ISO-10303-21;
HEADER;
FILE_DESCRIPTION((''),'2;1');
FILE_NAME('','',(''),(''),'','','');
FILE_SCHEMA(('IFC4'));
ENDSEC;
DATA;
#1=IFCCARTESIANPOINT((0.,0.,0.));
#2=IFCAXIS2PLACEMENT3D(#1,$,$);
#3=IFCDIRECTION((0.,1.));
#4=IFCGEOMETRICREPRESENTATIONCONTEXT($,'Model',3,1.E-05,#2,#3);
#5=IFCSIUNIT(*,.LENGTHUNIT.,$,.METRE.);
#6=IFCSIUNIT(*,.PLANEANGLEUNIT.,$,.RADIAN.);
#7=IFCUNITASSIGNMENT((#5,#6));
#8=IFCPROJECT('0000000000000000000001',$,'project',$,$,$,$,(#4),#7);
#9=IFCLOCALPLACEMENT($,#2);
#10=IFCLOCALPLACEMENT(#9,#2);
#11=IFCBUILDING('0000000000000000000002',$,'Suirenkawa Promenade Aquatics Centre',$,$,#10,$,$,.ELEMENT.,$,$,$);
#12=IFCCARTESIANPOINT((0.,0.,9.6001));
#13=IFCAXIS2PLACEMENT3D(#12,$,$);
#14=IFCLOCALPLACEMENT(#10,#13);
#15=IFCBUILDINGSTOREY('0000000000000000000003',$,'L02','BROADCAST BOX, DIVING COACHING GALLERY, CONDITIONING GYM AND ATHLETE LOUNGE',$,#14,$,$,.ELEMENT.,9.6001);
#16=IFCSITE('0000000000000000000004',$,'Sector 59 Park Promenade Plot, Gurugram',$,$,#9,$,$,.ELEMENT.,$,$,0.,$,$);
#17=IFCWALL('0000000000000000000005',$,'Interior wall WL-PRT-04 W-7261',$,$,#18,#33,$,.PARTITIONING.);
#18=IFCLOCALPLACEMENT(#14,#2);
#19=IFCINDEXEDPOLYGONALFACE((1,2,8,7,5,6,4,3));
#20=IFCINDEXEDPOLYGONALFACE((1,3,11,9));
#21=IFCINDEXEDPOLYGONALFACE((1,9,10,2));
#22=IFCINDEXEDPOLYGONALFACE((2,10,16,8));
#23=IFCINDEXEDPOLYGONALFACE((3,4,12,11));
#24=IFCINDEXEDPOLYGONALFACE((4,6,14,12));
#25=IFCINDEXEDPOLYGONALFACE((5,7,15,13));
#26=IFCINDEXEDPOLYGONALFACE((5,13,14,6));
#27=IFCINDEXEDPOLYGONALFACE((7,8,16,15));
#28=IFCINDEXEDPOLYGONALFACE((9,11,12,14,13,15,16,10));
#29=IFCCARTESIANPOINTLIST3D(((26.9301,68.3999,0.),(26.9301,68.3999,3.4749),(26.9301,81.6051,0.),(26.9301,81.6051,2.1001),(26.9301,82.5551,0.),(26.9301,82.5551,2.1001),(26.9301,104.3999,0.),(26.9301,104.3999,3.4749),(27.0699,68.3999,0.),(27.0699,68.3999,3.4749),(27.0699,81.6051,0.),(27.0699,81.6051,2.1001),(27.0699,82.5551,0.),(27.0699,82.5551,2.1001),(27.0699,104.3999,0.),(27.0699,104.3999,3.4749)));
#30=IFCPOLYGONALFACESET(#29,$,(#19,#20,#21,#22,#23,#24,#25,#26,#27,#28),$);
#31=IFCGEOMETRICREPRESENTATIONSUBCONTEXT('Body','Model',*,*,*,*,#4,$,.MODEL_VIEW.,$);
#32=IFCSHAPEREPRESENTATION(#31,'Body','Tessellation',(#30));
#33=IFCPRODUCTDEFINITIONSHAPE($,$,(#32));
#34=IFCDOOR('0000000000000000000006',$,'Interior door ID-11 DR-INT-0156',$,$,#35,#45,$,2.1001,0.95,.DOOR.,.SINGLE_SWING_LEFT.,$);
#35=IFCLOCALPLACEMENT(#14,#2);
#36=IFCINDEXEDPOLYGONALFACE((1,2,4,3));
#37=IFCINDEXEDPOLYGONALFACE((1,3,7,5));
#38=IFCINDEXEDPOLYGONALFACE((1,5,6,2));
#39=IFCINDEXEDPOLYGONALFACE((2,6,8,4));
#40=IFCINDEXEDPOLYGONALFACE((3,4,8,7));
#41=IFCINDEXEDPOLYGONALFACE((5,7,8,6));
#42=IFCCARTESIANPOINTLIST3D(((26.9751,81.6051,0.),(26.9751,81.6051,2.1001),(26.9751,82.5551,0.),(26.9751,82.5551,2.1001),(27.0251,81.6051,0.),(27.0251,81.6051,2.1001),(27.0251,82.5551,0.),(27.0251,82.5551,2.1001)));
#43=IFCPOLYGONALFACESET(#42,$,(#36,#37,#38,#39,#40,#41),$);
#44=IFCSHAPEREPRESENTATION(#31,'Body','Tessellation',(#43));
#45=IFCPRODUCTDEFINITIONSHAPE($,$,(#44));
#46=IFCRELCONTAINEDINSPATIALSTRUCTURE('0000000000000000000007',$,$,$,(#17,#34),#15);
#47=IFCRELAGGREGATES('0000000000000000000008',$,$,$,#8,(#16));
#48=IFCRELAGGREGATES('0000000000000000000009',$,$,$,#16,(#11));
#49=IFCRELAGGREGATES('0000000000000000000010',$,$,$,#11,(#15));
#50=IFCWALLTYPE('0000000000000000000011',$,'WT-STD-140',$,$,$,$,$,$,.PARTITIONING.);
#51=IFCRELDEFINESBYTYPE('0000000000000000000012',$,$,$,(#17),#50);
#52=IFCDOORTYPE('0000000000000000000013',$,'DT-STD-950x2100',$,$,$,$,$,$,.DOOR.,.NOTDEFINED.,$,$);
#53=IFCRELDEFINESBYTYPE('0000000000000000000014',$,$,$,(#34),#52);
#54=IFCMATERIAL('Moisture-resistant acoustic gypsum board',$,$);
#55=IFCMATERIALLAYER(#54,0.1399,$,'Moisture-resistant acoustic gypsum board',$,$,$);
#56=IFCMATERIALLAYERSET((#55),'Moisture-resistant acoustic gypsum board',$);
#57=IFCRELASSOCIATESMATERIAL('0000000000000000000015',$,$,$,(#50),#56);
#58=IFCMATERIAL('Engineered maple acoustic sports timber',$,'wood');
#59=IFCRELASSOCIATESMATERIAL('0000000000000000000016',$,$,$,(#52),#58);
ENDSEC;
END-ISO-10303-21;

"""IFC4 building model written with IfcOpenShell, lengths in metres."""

from ifc_helpers import new_model, si_unit, direction, frame, frame_2d, origin, place, context, subcontext, project, spatial, rectangle, extrude, material, layer, layer_set, type_object, element, fill, save


model = new_model("IFC4")

# Units and contexts
model_context = context("Model", 3, precision=1e-05, world=origin(), true_north=direction((0.0, 1.0)))
body_context = subcontext(model_context, "Body", "Model", "MODEL_VIEW")
ifc_project = project(units=[si_unit("LENGTHUNIT", "METRE"), si_unit("PLANEANGLEUNIT", "RADIAN")], contexts=[model_context])

# Site, building, storey
site_placement = place(None, origin())
site = spatial("IfcSite", under=ifc_project, at=site_placement, Name="Sector 59 Park Promenade Plot, Gurugram", CompositionType="ELEMENT", RefElevation=0.0)
building_placement = place(site_placement, origin())
building = spatial("IfcBuilding", under=site, at=building_placement, Name="Suirenkawa Promenade Aquatics Centre", CompositionType="ELEMENT")
storey_placement = place(building_placement, frame((0.0, 0.0, 9.6001)))
storey = spatial("IfcBuildingStorey", under=building, at=storey_placement, Name="L02", Description="BROADCAST BOX, DIVING COACHING GALLERY, CONDITIONING GYM AND ATHLETE LOUNGE", CompositionType="ELEMENT", Elevation=9.6001)

# Wall, opening, door
ifc_material_1 = material(Name="Moisture-resistant acoustic gypsum board")
ifc_layer_1 = layer(ifc_material_1, 0.1399, Name="Moisture-resistant acoustic gypsum board")
ifc_layer_set_1 = layer_set([ifc_layer_1], Name="Moisture-resistant acoustic gypsum board")
wall_type_1 = type_object("IfcWallType", Name="WT-STD-140", PredefinedType="PARTITIONING", material=ifc_layer_set_1)
wall_1_placement = place(storey_placement, frame((27.0, 68.3999, 0.0), z_axis=(0.0, 0.0, 1.0), x_axis=(0.0, 1.0, 0.0)))
wall_1 = element("IfcWall", 1, at=wall_1_placement, inside=storey, type_object=wall_type_1, Name="Interior wall WL-PRT-04 W-7261", PredefinedType="PARTITIONING", context=body_context, shape_type="SweptSolid", body=[
    extrude(rectangle(XDim=36.0, YDim=0.1399, at=frame_2d((18.0, 0.0))), origin(), (0.0, 0.0, 1.0), 3.4749),
])
opening_1_placement = place(wall_1_placement, frame((13.2051, 0.0, 0.0)))
opening_1 = element("IfcOpeningElement", 2, at=opening_1_placement, cuts=wall_1, PredefinedType="OPENING", context=body_context, shape_type="SweptSolid", body=[
    extrude(rectangle(XDim=0.95, YDim=2.1001, at=frame_2d((0.4751, 1.05))), frame((0.0, 0.0798, 0.0), z_axis=(0.0, -1.0, 0.0), x_axis=(1.0, 0.0, 0.0)), (0.0, 0.0, 1.0), 0.1599),
])
ifc_material_2 = material(Name="Engineered maple acoustic sports timber", Category="wood")
door_type_1 = type_object("IfcDoorType", Name="DT-STD-950x2100", OperationType="NOTDEFINED", PredefinedType="DOOR", material=ifc_material_2)
door_1_placement = place(opening_1_placement, origin())
door_1 = element("IfcDoor", 3, at=door_1_placement, inside=storey, type_object=door_type_1, Name="Interior door ID-11 DR-INT-0156", OperationType="SINGLE_SWING_LEFT", OverallHeight=2.1001, OverallWidth=0.95, PredefinedType="DOOR", context=body_context, shape_type="SweptSolid", body=[
    extrude(rectangle(XDim=0.95, YDim=2.1001, at=frame_2d((0.4751, 1.05))), frame((0.0, 0.0249, 0.0), z_axis=(0.0, -1.0, 0.0), x_axis=(1.0, 0.0, 0.0)), (0.0, 0.0, 1.0), 0.05),
])
fill(opening_1, door_1)

save(model, "model.ifc")
